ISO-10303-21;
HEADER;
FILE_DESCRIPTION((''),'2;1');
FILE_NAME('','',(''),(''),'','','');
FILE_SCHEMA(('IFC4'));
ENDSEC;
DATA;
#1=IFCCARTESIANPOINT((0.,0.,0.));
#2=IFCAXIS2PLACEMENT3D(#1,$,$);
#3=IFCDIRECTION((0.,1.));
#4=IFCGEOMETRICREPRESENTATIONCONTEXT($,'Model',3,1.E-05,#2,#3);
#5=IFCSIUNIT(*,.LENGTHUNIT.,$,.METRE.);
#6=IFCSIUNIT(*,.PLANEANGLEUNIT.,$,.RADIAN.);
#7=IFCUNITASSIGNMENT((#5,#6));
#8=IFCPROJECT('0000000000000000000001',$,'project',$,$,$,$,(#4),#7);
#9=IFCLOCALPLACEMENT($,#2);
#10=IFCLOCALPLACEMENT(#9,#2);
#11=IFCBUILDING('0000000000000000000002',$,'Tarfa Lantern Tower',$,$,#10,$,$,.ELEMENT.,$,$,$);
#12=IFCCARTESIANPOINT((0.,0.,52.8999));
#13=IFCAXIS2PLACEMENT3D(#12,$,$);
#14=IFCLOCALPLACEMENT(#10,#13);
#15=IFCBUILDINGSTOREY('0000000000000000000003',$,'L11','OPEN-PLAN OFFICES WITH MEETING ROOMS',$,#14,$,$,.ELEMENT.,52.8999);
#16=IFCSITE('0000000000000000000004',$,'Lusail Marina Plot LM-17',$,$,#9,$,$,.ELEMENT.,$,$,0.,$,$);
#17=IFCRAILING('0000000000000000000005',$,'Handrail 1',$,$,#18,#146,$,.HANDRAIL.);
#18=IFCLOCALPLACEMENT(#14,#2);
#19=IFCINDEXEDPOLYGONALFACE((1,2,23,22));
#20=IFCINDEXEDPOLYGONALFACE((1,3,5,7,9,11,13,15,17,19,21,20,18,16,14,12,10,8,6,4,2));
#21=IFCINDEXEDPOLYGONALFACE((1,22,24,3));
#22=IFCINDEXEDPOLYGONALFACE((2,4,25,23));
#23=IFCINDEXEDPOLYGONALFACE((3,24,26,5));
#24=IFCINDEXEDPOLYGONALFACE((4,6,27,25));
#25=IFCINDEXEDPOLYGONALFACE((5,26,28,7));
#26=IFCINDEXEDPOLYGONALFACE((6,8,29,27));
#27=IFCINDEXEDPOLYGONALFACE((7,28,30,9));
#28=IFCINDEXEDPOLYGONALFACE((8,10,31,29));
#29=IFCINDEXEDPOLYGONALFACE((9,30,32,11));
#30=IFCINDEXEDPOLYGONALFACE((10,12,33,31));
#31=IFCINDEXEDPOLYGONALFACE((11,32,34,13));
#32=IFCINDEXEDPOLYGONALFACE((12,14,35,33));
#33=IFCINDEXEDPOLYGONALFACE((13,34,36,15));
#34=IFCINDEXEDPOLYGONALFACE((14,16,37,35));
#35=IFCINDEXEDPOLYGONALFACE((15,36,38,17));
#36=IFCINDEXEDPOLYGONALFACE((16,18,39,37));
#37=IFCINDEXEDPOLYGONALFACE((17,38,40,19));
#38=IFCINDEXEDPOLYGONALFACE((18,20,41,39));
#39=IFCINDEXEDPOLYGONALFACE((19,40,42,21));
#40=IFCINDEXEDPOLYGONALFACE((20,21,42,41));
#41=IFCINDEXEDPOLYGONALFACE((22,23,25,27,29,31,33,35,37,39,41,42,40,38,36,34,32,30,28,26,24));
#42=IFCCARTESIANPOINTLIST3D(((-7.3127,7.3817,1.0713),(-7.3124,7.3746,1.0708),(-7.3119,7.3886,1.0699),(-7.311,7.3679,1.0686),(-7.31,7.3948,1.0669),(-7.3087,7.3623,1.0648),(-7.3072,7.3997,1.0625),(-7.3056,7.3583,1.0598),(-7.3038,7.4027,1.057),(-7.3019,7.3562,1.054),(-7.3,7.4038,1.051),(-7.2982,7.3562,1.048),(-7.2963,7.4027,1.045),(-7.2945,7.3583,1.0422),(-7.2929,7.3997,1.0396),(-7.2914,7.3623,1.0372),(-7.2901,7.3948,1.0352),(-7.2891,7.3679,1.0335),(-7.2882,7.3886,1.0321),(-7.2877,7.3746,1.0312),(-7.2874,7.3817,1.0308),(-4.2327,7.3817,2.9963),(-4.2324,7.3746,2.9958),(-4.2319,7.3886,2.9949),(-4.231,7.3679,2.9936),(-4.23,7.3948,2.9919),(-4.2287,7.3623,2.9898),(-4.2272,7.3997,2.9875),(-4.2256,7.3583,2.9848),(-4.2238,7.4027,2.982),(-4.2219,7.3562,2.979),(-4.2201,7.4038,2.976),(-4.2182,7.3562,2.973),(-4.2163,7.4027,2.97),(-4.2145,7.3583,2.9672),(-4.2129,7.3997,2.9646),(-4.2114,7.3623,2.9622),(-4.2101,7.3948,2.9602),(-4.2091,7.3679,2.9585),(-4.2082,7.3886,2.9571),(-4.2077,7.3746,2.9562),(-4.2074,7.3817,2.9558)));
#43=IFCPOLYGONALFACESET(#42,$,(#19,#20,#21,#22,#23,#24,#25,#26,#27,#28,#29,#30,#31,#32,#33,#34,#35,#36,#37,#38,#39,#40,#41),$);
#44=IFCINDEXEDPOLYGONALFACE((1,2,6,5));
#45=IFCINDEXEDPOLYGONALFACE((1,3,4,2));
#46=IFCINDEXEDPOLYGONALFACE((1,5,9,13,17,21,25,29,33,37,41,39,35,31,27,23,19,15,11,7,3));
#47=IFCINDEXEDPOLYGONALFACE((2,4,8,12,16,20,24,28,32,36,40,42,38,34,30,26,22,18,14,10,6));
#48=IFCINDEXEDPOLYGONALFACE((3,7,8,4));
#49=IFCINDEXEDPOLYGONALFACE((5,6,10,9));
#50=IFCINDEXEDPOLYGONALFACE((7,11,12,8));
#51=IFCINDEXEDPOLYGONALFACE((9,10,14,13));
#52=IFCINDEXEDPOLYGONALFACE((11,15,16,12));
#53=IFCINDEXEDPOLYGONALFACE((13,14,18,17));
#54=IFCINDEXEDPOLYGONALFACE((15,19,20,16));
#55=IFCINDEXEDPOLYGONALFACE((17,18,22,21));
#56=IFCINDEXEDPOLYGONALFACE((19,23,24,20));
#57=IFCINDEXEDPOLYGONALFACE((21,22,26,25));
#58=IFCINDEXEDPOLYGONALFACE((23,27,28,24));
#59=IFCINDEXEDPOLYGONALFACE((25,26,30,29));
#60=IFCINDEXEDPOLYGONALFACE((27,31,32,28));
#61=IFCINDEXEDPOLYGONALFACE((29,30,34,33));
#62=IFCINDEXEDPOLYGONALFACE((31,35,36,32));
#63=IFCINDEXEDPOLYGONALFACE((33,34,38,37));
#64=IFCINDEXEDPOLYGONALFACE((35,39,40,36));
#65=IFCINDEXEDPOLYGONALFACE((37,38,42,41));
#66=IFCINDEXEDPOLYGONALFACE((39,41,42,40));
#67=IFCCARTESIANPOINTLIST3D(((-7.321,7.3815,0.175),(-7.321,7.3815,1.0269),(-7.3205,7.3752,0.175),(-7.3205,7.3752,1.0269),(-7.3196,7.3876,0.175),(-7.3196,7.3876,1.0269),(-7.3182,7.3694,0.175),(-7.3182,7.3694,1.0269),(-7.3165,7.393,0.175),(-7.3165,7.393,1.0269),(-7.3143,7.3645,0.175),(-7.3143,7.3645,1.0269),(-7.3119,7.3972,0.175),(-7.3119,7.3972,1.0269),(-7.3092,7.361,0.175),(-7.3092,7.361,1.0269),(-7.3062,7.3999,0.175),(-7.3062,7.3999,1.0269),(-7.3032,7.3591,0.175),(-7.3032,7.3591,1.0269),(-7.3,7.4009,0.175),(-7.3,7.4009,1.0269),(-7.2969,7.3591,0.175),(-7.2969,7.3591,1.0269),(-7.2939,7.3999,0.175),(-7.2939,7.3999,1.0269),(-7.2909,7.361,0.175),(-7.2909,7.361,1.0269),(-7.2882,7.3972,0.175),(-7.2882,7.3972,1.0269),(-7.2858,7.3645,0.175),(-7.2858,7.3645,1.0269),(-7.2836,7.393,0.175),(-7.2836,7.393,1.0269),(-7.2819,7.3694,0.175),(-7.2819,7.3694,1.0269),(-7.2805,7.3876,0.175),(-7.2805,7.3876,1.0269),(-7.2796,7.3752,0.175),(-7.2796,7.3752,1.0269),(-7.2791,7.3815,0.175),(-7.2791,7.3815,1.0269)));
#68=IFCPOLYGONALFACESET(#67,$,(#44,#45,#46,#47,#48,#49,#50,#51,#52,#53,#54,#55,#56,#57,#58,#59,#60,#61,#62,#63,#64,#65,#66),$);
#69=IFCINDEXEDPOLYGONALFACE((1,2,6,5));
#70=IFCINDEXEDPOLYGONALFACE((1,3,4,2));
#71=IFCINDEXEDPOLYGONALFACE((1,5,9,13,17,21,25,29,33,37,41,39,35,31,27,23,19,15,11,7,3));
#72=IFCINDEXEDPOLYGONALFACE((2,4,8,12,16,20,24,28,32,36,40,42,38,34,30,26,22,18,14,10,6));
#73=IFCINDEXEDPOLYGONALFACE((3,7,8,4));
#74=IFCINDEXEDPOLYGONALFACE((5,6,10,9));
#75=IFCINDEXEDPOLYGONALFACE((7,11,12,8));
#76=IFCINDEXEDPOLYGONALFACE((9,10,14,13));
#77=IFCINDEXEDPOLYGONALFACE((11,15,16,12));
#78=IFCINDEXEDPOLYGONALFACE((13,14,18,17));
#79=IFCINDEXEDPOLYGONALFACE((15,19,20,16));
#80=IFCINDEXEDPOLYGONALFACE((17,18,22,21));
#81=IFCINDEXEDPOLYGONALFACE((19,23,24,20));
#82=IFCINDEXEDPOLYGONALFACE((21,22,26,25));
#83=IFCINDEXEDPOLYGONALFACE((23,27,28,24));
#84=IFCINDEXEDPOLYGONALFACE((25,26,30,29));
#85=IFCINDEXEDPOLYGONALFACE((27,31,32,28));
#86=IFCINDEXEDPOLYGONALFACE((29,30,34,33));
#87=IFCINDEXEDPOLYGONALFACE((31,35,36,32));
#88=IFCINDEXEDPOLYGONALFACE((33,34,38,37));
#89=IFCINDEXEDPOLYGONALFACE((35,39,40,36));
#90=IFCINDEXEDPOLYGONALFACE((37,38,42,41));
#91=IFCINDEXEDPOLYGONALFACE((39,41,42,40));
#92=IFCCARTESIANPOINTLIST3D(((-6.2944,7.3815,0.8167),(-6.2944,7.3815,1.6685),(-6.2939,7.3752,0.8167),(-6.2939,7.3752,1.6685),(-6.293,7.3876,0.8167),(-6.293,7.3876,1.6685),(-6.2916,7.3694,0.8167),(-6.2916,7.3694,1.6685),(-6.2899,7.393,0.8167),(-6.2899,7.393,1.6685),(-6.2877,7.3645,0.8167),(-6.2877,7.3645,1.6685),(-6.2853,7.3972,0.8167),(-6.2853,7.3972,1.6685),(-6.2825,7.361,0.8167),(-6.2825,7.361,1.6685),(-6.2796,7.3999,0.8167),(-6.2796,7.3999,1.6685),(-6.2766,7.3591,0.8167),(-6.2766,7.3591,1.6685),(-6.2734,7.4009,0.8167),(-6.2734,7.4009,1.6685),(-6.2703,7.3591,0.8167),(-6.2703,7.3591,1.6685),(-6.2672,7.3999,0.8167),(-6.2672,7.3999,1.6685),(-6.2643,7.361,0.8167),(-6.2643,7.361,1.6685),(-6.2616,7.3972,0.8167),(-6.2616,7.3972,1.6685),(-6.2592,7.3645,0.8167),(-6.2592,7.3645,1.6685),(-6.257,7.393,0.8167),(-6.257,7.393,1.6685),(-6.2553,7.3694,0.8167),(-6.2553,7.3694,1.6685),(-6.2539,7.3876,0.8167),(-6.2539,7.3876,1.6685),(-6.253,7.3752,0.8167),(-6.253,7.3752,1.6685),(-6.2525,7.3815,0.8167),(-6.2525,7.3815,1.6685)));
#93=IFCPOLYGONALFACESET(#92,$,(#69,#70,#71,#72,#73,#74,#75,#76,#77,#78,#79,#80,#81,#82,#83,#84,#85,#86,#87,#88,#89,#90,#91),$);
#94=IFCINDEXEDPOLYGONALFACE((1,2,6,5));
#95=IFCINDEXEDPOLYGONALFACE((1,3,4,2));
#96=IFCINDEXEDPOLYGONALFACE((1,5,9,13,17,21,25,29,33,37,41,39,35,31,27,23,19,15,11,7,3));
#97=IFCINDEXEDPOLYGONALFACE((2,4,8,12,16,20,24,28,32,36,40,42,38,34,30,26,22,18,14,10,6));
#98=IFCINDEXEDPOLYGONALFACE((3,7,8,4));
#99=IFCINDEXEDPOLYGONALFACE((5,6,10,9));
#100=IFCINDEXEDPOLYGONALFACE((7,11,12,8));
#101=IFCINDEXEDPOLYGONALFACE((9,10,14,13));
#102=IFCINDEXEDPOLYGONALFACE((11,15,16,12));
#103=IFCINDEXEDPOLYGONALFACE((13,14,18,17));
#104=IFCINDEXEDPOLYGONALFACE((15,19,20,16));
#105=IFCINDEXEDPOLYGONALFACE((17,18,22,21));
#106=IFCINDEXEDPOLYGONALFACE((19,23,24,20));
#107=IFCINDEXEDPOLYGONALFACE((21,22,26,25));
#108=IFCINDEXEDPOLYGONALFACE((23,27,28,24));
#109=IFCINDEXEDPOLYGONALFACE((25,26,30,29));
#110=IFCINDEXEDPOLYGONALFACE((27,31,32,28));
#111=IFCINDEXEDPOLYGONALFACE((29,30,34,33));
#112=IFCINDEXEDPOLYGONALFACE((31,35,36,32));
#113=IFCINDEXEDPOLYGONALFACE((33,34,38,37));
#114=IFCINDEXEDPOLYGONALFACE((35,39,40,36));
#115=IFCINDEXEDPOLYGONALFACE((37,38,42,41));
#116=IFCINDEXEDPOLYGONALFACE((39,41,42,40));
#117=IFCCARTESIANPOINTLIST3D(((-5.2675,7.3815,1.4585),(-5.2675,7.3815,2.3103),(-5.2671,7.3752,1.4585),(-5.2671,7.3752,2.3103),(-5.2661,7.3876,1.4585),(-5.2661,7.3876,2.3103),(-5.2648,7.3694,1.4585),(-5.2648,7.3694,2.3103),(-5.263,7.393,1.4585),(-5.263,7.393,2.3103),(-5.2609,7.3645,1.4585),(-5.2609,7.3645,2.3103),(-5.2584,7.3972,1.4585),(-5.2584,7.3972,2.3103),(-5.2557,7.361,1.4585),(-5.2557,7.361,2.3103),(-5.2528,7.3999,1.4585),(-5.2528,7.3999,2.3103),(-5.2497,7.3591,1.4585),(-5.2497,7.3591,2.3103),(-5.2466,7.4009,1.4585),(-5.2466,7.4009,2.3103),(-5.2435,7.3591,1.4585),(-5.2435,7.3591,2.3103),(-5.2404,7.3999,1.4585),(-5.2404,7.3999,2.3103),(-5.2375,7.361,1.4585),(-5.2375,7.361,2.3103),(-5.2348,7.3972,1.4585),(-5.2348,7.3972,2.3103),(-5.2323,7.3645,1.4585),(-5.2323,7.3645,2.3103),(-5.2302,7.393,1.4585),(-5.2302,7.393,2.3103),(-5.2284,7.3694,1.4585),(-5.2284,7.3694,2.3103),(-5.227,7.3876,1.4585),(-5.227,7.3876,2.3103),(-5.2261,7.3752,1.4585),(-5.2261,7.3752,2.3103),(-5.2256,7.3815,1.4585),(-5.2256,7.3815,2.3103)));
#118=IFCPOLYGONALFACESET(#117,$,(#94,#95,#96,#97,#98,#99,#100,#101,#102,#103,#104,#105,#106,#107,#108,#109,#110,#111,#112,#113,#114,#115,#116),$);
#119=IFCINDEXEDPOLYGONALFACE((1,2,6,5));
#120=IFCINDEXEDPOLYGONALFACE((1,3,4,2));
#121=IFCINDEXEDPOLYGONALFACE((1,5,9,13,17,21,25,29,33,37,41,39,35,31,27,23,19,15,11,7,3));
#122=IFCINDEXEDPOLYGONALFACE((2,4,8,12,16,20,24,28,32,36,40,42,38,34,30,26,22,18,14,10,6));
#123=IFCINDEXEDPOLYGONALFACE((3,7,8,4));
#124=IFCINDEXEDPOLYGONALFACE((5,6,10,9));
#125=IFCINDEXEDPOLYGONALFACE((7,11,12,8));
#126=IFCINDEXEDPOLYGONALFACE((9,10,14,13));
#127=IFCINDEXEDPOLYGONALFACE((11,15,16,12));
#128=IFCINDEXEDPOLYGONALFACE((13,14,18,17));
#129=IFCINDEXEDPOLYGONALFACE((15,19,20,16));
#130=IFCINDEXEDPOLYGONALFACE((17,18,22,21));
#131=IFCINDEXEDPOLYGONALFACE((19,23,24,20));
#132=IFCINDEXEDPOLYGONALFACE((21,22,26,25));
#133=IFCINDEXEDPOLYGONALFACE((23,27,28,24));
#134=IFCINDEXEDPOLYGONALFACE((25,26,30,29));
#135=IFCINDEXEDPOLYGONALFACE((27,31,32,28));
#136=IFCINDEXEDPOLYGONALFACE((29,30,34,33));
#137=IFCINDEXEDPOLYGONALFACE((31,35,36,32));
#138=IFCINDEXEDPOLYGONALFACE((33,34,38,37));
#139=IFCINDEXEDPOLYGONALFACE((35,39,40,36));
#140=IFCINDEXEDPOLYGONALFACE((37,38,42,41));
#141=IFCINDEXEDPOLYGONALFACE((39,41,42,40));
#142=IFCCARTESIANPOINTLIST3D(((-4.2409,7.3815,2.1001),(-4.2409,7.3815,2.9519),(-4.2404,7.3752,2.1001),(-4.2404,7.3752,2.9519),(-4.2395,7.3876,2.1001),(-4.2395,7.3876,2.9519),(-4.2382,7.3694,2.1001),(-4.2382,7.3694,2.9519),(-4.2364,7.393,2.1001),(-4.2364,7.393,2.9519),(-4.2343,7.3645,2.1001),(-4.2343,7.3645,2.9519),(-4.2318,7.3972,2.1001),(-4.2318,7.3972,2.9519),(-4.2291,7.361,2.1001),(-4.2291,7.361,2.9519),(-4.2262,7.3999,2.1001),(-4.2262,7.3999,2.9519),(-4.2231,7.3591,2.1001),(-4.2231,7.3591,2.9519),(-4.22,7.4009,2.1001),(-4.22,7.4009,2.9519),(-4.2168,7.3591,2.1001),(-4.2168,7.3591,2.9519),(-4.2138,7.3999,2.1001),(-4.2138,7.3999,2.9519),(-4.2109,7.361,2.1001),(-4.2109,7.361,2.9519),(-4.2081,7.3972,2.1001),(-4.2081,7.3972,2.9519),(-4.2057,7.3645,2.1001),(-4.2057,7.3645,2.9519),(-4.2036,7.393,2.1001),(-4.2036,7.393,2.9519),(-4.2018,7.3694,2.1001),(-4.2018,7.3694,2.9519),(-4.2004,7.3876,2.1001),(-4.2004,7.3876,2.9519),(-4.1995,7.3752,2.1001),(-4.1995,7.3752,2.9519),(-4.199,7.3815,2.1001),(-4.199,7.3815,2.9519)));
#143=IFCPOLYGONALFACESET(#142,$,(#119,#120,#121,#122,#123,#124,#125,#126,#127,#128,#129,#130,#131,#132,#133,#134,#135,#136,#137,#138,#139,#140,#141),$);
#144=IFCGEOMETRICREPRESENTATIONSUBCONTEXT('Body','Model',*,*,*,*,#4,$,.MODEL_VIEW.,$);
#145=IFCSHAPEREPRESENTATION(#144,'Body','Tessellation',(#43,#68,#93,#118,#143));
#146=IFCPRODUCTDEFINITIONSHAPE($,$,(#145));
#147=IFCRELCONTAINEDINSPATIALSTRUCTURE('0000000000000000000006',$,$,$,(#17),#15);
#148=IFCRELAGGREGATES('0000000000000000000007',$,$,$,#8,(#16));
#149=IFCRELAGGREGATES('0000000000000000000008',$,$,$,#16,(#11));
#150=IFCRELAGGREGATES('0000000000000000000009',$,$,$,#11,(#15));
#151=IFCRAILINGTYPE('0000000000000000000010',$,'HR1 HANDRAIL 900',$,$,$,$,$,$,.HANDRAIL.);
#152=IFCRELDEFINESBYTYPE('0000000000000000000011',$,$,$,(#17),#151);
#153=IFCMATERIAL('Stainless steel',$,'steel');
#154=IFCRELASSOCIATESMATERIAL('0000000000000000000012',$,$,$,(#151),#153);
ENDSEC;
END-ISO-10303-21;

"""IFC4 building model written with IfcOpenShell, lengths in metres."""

from ifc_helpers import new_model, si_unit, direction, frame, origin, origin_2d, place, context, subcontext, project, spatial, circle, extrude, material, type_object, element, save


model = new_model("IFC4")

# Units and contexts
model_context = context("Model", 3, precision=1e-05, world=origin(), true_north=direction((0.0, 1.0)))
body_context = subcontext(model_context, "Body", "Model", "MODEL_VIEW")
ifc_project = project(units=[si_unit("LENGTHUNIT", "METRE"), si_unit("PLANEANGLEUNIT", "RADIAN")], contexts=[model_context])

# Site, building, storey
site_placement = place(None, origin())
site = spatial("IfcSite", under=ifc_project, at=site_placement, Name="Lusail Marina Plot LM-17", CompositionType="ELEMENT", RefElevation=0.0)
building_placement = place(site_placement, origin())
building = spatial("IfcBuilding", under=site, at=building_placement, Name="Tarfa Lantern Tower", CompositionType="ELEMENT")
storey_placement = place(building_placement, frame((0.0, 0.0, 52.8999)))
storey = spatial("IfcBuildingStorey", under=building, at=storey_placement, Name="L11", Description="OPEN-PLAN OFFICES WITH MEETING ROOMS", CompositionType="ELEMENT", Elevation=52.8999)

# Railing
ifc_material_1 = material(Name="Stainless steel", Category="steel")
railing_type = type_object("IfcRailingType", Name="HR1 HANDRAIL 900", PredefinedType="HANDRAIL", material=ifc_material_1)
railing_1_placement = place(storey_placement, frame((-7.3, 7.3799, 0.175)))
element("IfcRailing", 1, at=railing_1_placement, inside=storey, type_object=railing_type, Name="Handrail 1", PredefinedType="HANDRAIL", context=body_context, shape_type="SweptSolid", body=[
    extrude(circle(Radius=0.0239, at=origin_2d()), frame((0.0, 0.0, 0.876), z_axis=(0.847998, 0.0, 0.529999), x_axis=(0.0, 1.0, 0.0)), (0.0, 0.0, 1.0), 3.6321),
    extrude(circle(Radius=0.021, at=origin_2d()), frame((0.0, 0.0, 0.0), z_axis=(0.0, 0.0, 1.0), x_axis=(0.0, 1.0, 0.0)), (0.0, 0.0, 1.0), 0.8518),
    extrude(circle(Radius=0.021, at=origin_2d()), frame((1.0266, 0.0, 0.6416), z_axis=(0.0, 0.0, 1.0), x_axis=(0.0, 1.0, 0.0)), (0.0, 0.0, 1.0), 0.8518),
    extrude(circle(Radius=0.021, at=origin_2d()), frame((2.0535, 0.0, 1.2834), z_axis=(0.0, 0.0, 1.0), x_axis=(0.0, 1.0, 0.0)), (0.0, 0.0, 1.0), 0.8518),
    extrude(circle(Radius=0.021, at=origin_2d()), frame((3.0801, 0.0, 1.925), z_axis=(0.0, 0.0, 1.0), x_axis=(0.0, 1.0, 0.0)), (0.0, 0.0, 1.0), 0.8518),
])

save(model, "model.ifc")
